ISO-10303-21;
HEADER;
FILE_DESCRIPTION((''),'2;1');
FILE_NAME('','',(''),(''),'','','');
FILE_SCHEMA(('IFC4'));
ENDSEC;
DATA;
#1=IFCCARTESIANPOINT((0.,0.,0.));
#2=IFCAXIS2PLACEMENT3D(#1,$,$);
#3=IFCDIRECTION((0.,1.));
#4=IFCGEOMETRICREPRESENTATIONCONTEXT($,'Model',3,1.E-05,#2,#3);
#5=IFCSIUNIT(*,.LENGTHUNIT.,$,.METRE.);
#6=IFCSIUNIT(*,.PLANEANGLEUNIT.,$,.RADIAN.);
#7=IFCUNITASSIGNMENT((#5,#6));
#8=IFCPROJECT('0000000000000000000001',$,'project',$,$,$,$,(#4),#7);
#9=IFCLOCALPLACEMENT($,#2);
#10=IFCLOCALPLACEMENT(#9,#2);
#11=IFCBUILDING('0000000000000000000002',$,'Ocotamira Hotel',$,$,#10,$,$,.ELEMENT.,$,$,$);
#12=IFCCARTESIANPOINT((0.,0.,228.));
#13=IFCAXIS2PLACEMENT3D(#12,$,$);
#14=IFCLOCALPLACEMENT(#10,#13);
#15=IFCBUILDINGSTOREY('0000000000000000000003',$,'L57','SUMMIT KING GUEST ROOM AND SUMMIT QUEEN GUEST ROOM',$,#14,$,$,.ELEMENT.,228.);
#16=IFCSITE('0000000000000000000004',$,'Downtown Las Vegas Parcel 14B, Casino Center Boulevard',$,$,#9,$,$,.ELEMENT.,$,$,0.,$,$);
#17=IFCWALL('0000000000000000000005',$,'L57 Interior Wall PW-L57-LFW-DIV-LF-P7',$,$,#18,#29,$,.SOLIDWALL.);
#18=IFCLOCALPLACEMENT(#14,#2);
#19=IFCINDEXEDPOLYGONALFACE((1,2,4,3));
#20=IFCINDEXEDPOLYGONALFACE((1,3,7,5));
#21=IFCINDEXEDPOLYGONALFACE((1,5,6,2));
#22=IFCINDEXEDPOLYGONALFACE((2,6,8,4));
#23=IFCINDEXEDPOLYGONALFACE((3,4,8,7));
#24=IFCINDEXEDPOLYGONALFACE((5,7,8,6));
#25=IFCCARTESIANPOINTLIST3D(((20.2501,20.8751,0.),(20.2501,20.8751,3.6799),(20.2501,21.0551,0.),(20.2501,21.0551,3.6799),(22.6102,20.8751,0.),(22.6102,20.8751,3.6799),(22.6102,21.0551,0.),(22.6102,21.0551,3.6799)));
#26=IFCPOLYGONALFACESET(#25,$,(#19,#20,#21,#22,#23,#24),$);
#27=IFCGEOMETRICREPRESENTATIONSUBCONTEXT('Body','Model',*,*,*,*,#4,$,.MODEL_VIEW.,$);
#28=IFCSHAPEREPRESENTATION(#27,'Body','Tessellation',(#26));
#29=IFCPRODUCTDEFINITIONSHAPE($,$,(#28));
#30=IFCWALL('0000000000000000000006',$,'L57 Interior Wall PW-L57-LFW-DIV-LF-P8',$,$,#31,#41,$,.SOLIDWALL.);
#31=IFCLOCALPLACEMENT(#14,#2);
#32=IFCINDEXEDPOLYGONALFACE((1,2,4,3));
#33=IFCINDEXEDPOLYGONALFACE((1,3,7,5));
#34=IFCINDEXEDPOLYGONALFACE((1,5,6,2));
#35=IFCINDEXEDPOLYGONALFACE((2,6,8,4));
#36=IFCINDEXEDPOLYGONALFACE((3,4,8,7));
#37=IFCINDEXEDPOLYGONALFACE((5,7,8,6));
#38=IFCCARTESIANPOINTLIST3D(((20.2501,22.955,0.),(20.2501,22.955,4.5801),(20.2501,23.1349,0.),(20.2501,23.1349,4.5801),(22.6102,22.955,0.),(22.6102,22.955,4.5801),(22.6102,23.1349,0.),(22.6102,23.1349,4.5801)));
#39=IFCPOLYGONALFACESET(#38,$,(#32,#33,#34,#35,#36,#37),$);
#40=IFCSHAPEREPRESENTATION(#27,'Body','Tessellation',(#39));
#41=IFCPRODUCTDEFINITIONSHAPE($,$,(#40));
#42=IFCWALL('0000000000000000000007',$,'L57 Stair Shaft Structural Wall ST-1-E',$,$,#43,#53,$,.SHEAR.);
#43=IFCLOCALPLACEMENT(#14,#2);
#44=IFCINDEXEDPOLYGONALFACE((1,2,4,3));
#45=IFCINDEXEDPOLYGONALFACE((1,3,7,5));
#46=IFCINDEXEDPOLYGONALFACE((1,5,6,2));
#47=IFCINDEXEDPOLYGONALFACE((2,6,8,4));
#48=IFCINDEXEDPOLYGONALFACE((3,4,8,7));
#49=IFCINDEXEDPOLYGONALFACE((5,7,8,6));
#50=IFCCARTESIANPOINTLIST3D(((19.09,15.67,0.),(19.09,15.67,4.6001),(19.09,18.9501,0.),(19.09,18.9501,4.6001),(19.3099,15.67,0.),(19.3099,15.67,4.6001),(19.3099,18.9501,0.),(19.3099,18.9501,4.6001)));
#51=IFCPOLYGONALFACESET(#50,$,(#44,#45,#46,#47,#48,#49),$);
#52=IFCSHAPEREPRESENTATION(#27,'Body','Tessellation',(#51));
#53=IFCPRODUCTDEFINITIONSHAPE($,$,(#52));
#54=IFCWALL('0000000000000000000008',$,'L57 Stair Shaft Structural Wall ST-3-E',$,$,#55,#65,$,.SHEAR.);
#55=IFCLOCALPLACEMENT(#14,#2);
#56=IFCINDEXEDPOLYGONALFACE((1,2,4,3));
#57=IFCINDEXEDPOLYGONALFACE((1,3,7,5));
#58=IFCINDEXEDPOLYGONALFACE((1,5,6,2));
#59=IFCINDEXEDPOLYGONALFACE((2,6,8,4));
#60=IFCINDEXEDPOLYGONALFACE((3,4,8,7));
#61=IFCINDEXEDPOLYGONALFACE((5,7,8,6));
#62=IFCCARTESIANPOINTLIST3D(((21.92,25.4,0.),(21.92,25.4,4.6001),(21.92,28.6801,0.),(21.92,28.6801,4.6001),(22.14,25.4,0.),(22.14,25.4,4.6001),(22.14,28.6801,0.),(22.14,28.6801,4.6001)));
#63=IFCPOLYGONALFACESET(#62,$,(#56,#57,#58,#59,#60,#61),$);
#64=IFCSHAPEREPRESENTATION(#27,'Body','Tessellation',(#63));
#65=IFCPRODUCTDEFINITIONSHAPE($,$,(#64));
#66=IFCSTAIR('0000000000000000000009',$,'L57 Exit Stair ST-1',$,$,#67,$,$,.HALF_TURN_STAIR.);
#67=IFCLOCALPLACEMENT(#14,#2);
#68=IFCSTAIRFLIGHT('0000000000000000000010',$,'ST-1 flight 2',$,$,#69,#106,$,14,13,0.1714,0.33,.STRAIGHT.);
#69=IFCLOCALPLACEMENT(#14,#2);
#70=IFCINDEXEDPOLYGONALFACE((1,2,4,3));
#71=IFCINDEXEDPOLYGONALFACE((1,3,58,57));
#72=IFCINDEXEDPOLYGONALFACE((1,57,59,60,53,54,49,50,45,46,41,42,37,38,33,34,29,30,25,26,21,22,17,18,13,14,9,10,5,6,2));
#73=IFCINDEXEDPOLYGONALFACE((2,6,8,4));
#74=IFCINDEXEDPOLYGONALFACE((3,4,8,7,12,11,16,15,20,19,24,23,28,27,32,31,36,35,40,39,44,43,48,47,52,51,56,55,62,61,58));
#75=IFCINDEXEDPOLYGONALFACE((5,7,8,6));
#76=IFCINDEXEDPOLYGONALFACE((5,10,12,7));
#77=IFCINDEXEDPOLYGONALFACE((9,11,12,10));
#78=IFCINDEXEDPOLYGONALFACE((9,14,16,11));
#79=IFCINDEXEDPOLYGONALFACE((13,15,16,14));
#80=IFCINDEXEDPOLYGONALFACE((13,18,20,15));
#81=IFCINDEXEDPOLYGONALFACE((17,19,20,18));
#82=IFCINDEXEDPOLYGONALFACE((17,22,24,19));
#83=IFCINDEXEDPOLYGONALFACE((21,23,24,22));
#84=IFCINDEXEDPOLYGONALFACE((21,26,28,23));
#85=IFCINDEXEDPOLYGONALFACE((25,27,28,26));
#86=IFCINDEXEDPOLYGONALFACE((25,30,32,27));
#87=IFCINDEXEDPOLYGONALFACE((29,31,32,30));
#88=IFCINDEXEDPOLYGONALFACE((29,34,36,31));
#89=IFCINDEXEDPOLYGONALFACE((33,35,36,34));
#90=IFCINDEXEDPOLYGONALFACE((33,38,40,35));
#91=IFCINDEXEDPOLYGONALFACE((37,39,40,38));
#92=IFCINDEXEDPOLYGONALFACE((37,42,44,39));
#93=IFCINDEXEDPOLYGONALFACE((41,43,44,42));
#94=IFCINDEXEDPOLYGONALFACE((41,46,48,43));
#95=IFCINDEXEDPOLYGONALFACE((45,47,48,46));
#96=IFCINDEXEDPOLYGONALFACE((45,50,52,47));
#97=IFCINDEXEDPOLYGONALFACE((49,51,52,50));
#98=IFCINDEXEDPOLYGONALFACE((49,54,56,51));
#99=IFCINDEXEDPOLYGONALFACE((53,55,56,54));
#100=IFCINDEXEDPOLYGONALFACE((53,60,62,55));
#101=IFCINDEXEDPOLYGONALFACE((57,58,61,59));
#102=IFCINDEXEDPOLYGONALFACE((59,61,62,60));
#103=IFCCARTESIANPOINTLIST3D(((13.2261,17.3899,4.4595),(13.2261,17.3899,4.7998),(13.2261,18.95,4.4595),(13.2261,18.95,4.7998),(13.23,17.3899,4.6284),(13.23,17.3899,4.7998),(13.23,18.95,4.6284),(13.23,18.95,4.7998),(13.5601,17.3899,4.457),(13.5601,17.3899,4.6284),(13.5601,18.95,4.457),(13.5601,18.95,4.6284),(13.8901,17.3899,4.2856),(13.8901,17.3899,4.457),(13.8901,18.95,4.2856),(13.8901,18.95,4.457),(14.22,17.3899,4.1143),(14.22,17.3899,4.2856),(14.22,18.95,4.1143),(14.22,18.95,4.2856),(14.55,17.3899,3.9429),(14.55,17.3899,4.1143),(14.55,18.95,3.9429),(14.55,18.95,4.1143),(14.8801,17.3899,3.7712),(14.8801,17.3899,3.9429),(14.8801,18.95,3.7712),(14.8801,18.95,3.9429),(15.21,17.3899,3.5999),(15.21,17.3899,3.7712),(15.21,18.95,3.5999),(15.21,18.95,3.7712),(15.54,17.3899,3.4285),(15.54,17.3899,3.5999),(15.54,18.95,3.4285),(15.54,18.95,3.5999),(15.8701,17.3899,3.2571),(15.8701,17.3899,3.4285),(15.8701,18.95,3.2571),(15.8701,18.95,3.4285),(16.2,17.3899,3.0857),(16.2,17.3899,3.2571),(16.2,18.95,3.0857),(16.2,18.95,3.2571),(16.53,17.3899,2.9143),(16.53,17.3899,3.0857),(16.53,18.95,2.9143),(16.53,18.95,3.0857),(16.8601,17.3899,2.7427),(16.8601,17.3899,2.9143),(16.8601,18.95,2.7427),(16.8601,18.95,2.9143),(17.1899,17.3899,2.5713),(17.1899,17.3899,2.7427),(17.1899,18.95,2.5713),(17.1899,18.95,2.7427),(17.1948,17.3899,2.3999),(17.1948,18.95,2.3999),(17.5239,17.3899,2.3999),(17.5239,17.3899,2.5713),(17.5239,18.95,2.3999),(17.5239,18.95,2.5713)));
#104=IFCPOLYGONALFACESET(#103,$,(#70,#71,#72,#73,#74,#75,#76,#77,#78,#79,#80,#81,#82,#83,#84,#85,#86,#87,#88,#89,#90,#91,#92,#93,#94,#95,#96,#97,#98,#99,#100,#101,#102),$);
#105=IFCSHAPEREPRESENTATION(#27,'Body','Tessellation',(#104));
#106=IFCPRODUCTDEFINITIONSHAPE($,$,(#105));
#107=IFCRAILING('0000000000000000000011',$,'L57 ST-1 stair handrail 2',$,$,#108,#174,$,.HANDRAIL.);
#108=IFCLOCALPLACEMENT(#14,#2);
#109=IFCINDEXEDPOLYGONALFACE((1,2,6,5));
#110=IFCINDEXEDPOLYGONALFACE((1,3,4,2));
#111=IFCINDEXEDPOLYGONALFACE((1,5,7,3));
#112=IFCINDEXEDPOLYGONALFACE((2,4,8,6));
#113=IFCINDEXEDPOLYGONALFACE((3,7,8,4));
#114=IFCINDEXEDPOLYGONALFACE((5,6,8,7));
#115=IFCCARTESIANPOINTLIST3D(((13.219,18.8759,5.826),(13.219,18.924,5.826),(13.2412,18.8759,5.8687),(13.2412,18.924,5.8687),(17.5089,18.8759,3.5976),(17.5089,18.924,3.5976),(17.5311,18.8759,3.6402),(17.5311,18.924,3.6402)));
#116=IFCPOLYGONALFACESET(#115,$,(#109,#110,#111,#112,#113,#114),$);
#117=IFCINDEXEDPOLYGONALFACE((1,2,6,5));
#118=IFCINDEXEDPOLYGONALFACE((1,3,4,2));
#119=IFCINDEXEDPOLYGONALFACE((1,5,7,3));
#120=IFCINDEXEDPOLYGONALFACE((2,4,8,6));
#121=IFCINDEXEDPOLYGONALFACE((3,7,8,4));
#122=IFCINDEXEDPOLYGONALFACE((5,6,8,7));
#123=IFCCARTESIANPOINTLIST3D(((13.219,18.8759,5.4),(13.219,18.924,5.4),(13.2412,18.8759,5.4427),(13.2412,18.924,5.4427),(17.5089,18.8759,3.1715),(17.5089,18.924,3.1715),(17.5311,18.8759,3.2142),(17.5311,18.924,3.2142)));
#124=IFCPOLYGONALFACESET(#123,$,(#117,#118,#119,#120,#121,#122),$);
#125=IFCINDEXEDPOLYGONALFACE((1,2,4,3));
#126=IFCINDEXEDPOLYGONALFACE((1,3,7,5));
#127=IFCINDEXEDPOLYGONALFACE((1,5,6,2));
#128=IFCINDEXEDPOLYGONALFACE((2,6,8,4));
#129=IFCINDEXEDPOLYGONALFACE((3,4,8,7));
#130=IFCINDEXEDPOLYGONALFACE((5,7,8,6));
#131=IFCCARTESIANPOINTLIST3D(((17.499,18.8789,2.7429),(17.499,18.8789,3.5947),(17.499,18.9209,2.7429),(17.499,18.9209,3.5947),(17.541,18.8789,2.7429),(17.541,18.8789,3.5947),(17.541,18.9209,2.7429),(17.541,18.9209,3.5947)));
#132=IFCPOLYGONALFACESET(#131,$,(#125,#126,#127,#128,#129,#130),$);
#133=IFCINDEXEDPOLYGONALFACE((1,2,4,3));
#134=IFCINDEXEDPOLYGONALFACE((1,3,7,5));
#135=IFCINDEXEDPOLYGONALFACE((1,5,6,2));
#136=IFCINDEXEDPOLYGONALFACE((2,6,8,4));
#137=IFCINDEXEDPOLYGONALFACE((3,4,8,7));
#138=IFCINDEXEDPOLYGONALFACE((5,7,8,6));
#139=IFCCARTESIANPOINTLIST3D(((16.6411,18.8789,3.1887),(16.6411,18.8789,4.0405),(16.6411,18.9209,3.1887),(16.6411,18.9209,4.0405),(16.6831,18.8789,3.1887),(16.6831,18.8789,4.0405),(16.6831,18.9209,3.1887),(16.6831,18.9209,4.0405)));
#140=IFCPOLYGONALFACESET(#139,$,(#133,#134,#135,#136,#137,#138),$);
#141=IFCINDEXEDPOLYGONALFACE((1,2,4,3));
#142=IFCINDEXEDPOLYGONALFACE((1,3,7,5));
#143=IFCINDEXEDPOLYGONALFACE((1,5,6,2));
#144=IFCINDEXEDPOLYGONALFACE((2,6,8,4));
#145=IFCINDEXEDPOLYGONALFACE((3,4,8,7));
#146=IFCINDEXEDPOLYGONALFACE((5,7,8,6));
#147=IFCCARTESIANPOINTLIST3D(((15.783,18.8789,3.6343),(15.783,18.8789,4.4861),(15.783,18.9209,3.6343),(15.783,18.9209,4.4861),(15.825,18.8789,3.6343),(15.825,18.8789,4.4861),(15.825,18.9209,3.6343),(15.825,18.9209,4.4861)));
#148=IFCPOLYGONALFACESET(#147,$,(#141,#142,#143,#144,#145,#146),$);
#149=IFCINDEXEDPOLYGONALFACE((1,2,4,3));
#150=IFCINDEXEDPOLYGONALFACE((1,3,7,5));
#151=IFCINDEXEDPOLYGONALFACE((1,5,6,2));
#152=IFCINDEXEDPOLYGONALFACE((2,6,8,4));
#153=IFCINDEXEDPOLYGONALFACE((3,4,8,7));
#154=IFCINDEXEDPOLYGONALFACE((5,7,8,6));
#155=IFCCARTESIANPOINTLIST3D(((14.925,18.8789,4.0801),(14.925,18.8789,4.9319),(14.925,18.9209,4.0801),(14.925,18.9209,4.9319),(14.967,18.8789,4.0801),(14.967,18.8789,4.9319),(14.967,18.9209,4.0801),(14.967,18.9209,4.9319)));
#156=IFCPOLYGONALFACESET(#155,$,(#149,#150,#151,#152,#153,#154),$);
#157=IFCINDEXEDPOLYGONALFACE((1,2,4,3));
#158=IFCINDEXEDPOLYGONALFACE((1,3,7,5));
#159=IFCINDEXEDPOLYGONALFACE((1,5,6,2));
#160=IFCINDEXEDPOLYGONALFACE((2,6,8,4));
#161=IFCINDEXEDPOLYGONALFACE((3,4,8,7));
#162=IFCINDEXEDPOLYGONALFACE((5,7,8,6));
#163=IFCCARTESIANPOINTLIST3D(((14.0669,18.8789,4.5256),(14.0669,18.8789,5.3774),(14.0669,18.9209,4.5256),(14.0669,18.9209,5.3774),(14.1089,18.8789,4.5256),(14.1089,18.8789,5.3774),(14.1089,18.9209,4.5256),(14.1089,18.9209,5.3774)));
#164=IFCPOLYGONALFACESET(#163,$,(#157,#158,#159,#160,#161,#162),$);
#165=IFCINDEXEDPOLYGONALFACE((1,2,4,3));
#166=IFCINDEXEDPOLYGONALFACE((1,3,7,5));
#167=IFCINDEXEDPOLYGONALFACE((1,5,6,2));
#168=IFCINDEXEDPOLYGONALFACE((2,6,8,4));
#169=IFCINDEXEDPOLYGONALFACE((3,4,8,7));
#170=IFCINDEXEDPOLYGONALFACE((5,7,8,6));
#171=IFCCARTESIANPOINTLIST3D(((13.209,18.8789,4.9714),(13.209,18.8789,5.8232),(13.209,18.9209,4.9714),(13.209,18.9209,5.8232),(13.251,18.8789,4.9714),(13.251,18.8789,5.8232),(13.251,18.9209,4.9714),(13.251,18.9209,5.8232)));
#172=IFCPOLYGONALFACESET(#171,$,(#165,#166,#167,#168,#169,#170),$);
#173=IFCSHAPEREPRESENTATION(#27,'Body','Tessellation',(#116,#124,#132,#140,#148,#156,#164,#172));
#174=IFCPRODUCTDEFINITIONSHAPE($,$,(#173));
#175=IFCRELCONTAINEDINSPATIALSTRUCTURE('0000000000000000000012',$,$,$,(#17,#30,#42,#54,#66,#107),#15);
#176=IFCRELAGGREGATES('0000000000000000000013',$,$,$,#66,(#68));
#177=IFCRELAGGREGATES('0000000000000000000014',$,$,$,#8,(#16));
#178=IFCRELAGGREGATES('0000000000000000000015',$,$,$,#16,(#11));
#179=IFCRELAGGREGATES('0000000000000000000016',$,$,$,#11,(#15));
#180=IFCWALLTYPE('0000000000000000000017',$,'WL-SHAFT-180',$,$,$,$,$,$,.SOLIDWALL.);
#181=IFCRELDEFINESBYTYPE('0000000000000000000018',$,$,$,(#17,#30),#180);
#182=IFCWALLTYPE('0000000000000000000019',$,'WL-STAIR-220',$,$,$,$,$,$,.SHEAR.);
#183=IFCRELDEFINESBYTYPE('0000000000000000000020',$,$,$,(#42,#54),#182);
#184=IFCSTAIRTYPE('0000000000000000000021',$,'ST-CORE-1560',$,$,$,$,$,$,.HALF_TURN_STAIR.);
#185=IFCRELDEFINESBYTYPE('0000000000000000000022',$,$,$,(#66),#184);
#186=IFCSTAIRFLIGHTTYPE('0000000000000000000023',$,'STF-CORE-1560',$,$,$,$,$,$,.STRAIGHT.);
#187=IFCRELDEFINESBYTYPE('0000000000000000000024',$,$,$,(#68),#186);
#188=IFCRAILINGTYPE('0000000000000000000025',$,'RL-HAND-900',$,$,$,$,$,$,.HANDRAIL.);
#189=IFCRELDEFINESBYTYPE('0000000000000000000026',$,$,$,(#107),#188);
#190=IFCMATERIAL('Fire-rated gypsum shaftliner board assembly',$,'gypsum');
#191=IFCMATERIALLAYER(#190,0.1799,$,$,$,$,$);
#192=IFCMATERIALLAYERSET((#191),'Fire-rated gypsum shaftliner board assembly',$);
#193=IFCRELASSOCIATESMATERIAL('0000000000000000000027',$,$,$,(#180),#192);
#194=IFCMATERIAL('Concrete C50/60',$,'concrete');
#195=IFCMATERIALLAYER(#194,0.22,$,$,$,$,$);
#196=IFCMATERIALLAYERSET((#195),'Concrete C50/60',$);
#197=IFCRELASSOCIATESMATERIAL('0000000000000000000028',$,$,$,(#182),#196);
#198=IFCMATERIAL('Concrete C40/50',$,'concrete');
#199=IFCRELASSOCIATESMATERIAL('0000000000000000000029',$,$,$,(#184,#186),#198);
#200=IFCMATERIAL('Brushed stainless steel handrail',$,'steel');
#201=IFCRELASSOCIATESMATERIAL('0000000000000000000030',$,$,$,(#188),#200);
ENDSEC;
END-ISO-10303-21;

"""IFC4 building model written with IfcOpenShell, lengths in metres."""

from ifc_helpers import new_model, si_unit, direction, frame, frame_2d, origin, origin_2d, place, context, subcontext, project, spatial, polyline, rectangle, outline, extrude, source, transform, mapped, material, layer, layer_set, type_object, element, aggregate, save


model = new_model("IFC4")

# Units and contexts
model_context = context("Model", 3, precision=1e-05, world=origin(), true_north=direction((0.0, 1.0)))
body_context = subcontext(model_context, "Body", "Model", "MODEL_VIEW")
ifc_project = project(units=[si_unit("LENGTHUNIT", "METRE"), si_unit("PLANEANGLEUNIT", "RADIAN")], contexts=[model_context])

# Site, building, storey
site_placement = place(None, origin())
site = spatial("IfcSite", under=ifc_project, at=site_placement, Name="Downtown Las Vegas Parcel 14B, Casino Center Boulevard", CompositionType="ELEMENT", RefElevation=0.0)
building_placement = place(site_placement, origin())
building = spatial("IfcBuilding", under=site, at=building_placement, Name="Ocotamira Hotel", CompositionType="ELEMENT")
storey_placement = place(building_placement, frame((0.0, 0.0, 228.0)))
storey = spatial("IfcBuildingStorey", under=building, at=storey_placement, Name="L57", Description="SUMMIT KING GUEST ROOM AND SUMMIT QUEEN GUEST ROOM", CompositionType="ELEMENT", Elevation=228.0)

# Shared definitions
ifc_material_1 = material(Name="Concrete C50/60", Category="concrete")

# Shared definitions
ifc_material_2 = material(Name="Fire-rated gypsum shaftliner board assembly", Category="gypsum")
ifc_layer_1 = layer(ifc_material_2, 0.1799)
ifc_layer_set_1 = layer_set([ifc_layer_1], Name="Fire-rated gypsum shaftliner board assembly")
wall_type_1 = type_object("IfcWallType", Name="WL-SHAFT-180", PredefinedType="SOLIDWALL", material=ifc_layer_set_1)

# Walls
wall_1_placement = place(storey_placement, frame((20.25, 20.9651, 0.0), z_axis=(0.0, 0.0, 1.0), x_axis=(1.0, 0.0, 0.0)))
element("IfcWall", 1, at=wall_1_placement, inside=storey, type_object=wall_type_1, Name="L57 Interior Wall PW-L57-LFW-DIV-LF-P7", PredefinedType="SOLIDWALL", context=body_context, shape_type="SweptSolid", body=[
    extrude(rectangle(XDim=2.3601, YDim=0.1799, at=frame_2d((1.1802, 0.0))), origin(), (0.0, 0.0, 1.0), 3.6799),
])
wall_2_placement = place(storey_placement, frame((20.25, 23.0449, 0.0), z_axis=(0.0, 0.0, 1.0), x_axis=(1.0, 0.0, 0.0)))
element("IfcWall", 2, at=wall_2_placement, inside=storey, type_object=wall_type_1, Name="L57 Interior Wall PW-L57-LFW-DIV-LF-P8", PredefinedType="SOLIDWALL", context=body_context, shape_type="SweptSolid", body=[
    extrude(rectangle(XDim=2.3601, YDim=0.1799, at=frame_2d((1.1802, 0.0))), origin(), (0.0, 0.0, 1.0), 4.5801),
])
ifc_layer_2 = layer(ifc_material_1, 0.22)
ifc_layer_set_2 = layer_set([ifc_layer_2], Name="Concrete C50/60")
wall_type_2 = type_object("IfcWallType", Name="WL-STAIR-220", PredefinedType="SHEAR", material=ifc_layer_set_2)
for number, where, z_axis, x_axis, name in (
    (3, (19.2, 15.6699, 0.0), (0.0, 0.0, 1.0), (0.0, 1.0, 0.0), "L57 Stair Shaft Structural Wall ST-1-E"),
    (4, (22.03, 25.3999, 0.0), (0.0, 0.0, 1.0), (0.0, 1.0, 0.0), "L57 Stair Shaft Structural Wall ST-3-E"),
):
    element("IfcWall", number, at=place(storey_placement, frame(where, z_axis=z_axis, x_axis=x_axis)), inside=storey, type_object=wall_type_2, Name=name, PredefinedType="SHEAR", context=body_context, shape_type="SweptSolid", body=[
        extrude(rectangle(XDim=3.28, YDim=0.22, at=frame_2d((1.6401, 0.0))), origin(), (0.0, 0.0, 1.0), 4.6001),
    ])

# Stair, stair flight
ifc_material_3 = material(Name="Concrete C40/50", Category="concrete")
stair_type = type_object("IfcStairType", Name="ST-CORE-1560", PredefinedType="HALF_TURN_STAIR", material=ifc_material_3)
stair_placement = place(storey_placement, origin())
stair = element("IfcStair", 5, at=stair_placement, inside=storey, type_object=stair_type, Name="L57 Exit Stair ST-1", PredefinedType="HALF_TURN_STAIR")
stair_flight_type = type_object("IfcStairFlightType", Name="STF-CORE-1560", PredefinedType="STRAIGHT", material=ifc_material_3)
shared_shape_1 = source(origin(), body_context, "Body", "SweptSolid", [
    extrude(outline(polyline([(-0.0039, 0.0), (-0.0039, 0.1714), (0.3301, 0.1714), (0.3301, 0.3428), (0.6599, 0.3428), (0.6599, 0.5144), (0.99, 0.5144), (0.99, 0.6858), (1.3201, 0.6858), (1.3201, 0.8572), (1.6499, 0.8572), (1.6499, 1.0286), (1.98, 1.0286), (1.98, 1.2), (2.3101, 1.2), (2.3101, 1.3713), (2.6399, 1.3713), (2.6399, 1.543), (2.97, 1.543), (2.97, 1.7144), (3.3, 1.7144), (3.3, 1.8857), (3.6299, 1.8857), (3.6299, 2.0571), (3.96, 2.0571), (3.96, 2.2285), (4.29, 2.2285), (4.29, 2.3999), (4.2939, 2.3999), (4.2939, 2.0596), (0.3252, 0.0), (-0.0039, 0.0)])), frame((0.0, 0.78, 0.0), z_axis=(0.0, -1.0, 0.0), x_axis=(1.0, 0.0, 0.0)), (0.0, 0.0, 1.0), 1.5601),
])
stair_flight_placement = place(storey_placement, frame((17.52, 18.1699, 2.3999), z_axis=(0.0, 0.0, 1.0), x_axis=(-1.0, 0.0, 0.0)))
stair_flight = element("IfcStairFlight", 6, at=stair_flight_placement, type_object=stair_flight_type, Name="ST-1 flight 2", NumberOfRisers=14, NumberOfTreads=13, PredefinedType="STRAIGHT", RiserHeight=0.1714, TreadLength=0.33, context=body_context, shape_type="MappedRepresentation", body=[
    mapped(shared_shape_1, transform((0.0, 0.0, 0.0), scale=1.0)),
])
aggregate(stair, [stair_flight])

# Railing
ifc_material_4 = material(Name="Brushed stainless steel handrail", Category="steel")
railing_type_1 = type_object("IfcRailingType", Name="RL-HAND-900", PredefinedType="HANDRAIL", material=ifc_material_4)
railing_1_placement = place(storey_placement, frame((17.52, 18.8999, 2.7429)))
element("IfcRailing", 7, at=railing_1_placement, inside=storey, type_object=railing_type_1, Name="L57 ST-1 stair handrail 2", PredefinedType="HANDRAIL", context=body_context, shape_type="SweptSolid", body=[
    extrude(rectangle(XDim=0.0481, YDim=0.0481, at=origin_2d()), frame((0.0, 0.0, 0.876), z_axis=(-0.887412, 0.0, 0.460977), x_axis=(0.0, -1.0, 0.0)), (0.0, 0.0, 1.0), 4.8342),
    extrude(rectangle(XDim=0.0481, YDim=0.0481, at=origin_2d()), frame((0.0, 0.0, 0.45), z_axis=(-0.887412, 0.0, 0.460977), x_axis=(0.0, -1.0, 0.0)), (0.0, 0.0, 1.0), 4.8342),
    extrude(rectangle(XDim=0.042, YDim=0.042, at=origin_2d()), origin(), (0.0, 0.0, 1.0), 0.8518),
    extrude(rectangle(XDim=0.042, YDim=0.042, at=origin_2d()), frame((-0.8579, 0.0, 0.4458)), (0.0, 0.0, 1.0), 0.8518),
    extrude(rectangle(XDim=0.042, YDim=0.042, at=origin_2d()), frame((-1.7161, 0.0, 0.8914)), (0.0, 0.0, 1.0), 0.8518),
    extrude(rectangle(XDim=0.042, YDim=0.042, at=origin_2d()), frame((-2.574, 0.0, 1.3372)), (0.0, 0.0, 1.0), 0.8518),
    extrude(rectangle(XDim=0.042, YDim=0.042, at=origin_2d()), frame((-3.4321, 0.0, 1.7827)), (0.0, 0.0, 1.0), 0.8518),
    extrude(rectangle(XDim=0.042, YDim=0.042, at=origin_2d()), frame((-4.29, 0.0, 2.2285)), (0.0, 0.0, 1.0), 0.8518),
])

save(model, "model.ifc")
